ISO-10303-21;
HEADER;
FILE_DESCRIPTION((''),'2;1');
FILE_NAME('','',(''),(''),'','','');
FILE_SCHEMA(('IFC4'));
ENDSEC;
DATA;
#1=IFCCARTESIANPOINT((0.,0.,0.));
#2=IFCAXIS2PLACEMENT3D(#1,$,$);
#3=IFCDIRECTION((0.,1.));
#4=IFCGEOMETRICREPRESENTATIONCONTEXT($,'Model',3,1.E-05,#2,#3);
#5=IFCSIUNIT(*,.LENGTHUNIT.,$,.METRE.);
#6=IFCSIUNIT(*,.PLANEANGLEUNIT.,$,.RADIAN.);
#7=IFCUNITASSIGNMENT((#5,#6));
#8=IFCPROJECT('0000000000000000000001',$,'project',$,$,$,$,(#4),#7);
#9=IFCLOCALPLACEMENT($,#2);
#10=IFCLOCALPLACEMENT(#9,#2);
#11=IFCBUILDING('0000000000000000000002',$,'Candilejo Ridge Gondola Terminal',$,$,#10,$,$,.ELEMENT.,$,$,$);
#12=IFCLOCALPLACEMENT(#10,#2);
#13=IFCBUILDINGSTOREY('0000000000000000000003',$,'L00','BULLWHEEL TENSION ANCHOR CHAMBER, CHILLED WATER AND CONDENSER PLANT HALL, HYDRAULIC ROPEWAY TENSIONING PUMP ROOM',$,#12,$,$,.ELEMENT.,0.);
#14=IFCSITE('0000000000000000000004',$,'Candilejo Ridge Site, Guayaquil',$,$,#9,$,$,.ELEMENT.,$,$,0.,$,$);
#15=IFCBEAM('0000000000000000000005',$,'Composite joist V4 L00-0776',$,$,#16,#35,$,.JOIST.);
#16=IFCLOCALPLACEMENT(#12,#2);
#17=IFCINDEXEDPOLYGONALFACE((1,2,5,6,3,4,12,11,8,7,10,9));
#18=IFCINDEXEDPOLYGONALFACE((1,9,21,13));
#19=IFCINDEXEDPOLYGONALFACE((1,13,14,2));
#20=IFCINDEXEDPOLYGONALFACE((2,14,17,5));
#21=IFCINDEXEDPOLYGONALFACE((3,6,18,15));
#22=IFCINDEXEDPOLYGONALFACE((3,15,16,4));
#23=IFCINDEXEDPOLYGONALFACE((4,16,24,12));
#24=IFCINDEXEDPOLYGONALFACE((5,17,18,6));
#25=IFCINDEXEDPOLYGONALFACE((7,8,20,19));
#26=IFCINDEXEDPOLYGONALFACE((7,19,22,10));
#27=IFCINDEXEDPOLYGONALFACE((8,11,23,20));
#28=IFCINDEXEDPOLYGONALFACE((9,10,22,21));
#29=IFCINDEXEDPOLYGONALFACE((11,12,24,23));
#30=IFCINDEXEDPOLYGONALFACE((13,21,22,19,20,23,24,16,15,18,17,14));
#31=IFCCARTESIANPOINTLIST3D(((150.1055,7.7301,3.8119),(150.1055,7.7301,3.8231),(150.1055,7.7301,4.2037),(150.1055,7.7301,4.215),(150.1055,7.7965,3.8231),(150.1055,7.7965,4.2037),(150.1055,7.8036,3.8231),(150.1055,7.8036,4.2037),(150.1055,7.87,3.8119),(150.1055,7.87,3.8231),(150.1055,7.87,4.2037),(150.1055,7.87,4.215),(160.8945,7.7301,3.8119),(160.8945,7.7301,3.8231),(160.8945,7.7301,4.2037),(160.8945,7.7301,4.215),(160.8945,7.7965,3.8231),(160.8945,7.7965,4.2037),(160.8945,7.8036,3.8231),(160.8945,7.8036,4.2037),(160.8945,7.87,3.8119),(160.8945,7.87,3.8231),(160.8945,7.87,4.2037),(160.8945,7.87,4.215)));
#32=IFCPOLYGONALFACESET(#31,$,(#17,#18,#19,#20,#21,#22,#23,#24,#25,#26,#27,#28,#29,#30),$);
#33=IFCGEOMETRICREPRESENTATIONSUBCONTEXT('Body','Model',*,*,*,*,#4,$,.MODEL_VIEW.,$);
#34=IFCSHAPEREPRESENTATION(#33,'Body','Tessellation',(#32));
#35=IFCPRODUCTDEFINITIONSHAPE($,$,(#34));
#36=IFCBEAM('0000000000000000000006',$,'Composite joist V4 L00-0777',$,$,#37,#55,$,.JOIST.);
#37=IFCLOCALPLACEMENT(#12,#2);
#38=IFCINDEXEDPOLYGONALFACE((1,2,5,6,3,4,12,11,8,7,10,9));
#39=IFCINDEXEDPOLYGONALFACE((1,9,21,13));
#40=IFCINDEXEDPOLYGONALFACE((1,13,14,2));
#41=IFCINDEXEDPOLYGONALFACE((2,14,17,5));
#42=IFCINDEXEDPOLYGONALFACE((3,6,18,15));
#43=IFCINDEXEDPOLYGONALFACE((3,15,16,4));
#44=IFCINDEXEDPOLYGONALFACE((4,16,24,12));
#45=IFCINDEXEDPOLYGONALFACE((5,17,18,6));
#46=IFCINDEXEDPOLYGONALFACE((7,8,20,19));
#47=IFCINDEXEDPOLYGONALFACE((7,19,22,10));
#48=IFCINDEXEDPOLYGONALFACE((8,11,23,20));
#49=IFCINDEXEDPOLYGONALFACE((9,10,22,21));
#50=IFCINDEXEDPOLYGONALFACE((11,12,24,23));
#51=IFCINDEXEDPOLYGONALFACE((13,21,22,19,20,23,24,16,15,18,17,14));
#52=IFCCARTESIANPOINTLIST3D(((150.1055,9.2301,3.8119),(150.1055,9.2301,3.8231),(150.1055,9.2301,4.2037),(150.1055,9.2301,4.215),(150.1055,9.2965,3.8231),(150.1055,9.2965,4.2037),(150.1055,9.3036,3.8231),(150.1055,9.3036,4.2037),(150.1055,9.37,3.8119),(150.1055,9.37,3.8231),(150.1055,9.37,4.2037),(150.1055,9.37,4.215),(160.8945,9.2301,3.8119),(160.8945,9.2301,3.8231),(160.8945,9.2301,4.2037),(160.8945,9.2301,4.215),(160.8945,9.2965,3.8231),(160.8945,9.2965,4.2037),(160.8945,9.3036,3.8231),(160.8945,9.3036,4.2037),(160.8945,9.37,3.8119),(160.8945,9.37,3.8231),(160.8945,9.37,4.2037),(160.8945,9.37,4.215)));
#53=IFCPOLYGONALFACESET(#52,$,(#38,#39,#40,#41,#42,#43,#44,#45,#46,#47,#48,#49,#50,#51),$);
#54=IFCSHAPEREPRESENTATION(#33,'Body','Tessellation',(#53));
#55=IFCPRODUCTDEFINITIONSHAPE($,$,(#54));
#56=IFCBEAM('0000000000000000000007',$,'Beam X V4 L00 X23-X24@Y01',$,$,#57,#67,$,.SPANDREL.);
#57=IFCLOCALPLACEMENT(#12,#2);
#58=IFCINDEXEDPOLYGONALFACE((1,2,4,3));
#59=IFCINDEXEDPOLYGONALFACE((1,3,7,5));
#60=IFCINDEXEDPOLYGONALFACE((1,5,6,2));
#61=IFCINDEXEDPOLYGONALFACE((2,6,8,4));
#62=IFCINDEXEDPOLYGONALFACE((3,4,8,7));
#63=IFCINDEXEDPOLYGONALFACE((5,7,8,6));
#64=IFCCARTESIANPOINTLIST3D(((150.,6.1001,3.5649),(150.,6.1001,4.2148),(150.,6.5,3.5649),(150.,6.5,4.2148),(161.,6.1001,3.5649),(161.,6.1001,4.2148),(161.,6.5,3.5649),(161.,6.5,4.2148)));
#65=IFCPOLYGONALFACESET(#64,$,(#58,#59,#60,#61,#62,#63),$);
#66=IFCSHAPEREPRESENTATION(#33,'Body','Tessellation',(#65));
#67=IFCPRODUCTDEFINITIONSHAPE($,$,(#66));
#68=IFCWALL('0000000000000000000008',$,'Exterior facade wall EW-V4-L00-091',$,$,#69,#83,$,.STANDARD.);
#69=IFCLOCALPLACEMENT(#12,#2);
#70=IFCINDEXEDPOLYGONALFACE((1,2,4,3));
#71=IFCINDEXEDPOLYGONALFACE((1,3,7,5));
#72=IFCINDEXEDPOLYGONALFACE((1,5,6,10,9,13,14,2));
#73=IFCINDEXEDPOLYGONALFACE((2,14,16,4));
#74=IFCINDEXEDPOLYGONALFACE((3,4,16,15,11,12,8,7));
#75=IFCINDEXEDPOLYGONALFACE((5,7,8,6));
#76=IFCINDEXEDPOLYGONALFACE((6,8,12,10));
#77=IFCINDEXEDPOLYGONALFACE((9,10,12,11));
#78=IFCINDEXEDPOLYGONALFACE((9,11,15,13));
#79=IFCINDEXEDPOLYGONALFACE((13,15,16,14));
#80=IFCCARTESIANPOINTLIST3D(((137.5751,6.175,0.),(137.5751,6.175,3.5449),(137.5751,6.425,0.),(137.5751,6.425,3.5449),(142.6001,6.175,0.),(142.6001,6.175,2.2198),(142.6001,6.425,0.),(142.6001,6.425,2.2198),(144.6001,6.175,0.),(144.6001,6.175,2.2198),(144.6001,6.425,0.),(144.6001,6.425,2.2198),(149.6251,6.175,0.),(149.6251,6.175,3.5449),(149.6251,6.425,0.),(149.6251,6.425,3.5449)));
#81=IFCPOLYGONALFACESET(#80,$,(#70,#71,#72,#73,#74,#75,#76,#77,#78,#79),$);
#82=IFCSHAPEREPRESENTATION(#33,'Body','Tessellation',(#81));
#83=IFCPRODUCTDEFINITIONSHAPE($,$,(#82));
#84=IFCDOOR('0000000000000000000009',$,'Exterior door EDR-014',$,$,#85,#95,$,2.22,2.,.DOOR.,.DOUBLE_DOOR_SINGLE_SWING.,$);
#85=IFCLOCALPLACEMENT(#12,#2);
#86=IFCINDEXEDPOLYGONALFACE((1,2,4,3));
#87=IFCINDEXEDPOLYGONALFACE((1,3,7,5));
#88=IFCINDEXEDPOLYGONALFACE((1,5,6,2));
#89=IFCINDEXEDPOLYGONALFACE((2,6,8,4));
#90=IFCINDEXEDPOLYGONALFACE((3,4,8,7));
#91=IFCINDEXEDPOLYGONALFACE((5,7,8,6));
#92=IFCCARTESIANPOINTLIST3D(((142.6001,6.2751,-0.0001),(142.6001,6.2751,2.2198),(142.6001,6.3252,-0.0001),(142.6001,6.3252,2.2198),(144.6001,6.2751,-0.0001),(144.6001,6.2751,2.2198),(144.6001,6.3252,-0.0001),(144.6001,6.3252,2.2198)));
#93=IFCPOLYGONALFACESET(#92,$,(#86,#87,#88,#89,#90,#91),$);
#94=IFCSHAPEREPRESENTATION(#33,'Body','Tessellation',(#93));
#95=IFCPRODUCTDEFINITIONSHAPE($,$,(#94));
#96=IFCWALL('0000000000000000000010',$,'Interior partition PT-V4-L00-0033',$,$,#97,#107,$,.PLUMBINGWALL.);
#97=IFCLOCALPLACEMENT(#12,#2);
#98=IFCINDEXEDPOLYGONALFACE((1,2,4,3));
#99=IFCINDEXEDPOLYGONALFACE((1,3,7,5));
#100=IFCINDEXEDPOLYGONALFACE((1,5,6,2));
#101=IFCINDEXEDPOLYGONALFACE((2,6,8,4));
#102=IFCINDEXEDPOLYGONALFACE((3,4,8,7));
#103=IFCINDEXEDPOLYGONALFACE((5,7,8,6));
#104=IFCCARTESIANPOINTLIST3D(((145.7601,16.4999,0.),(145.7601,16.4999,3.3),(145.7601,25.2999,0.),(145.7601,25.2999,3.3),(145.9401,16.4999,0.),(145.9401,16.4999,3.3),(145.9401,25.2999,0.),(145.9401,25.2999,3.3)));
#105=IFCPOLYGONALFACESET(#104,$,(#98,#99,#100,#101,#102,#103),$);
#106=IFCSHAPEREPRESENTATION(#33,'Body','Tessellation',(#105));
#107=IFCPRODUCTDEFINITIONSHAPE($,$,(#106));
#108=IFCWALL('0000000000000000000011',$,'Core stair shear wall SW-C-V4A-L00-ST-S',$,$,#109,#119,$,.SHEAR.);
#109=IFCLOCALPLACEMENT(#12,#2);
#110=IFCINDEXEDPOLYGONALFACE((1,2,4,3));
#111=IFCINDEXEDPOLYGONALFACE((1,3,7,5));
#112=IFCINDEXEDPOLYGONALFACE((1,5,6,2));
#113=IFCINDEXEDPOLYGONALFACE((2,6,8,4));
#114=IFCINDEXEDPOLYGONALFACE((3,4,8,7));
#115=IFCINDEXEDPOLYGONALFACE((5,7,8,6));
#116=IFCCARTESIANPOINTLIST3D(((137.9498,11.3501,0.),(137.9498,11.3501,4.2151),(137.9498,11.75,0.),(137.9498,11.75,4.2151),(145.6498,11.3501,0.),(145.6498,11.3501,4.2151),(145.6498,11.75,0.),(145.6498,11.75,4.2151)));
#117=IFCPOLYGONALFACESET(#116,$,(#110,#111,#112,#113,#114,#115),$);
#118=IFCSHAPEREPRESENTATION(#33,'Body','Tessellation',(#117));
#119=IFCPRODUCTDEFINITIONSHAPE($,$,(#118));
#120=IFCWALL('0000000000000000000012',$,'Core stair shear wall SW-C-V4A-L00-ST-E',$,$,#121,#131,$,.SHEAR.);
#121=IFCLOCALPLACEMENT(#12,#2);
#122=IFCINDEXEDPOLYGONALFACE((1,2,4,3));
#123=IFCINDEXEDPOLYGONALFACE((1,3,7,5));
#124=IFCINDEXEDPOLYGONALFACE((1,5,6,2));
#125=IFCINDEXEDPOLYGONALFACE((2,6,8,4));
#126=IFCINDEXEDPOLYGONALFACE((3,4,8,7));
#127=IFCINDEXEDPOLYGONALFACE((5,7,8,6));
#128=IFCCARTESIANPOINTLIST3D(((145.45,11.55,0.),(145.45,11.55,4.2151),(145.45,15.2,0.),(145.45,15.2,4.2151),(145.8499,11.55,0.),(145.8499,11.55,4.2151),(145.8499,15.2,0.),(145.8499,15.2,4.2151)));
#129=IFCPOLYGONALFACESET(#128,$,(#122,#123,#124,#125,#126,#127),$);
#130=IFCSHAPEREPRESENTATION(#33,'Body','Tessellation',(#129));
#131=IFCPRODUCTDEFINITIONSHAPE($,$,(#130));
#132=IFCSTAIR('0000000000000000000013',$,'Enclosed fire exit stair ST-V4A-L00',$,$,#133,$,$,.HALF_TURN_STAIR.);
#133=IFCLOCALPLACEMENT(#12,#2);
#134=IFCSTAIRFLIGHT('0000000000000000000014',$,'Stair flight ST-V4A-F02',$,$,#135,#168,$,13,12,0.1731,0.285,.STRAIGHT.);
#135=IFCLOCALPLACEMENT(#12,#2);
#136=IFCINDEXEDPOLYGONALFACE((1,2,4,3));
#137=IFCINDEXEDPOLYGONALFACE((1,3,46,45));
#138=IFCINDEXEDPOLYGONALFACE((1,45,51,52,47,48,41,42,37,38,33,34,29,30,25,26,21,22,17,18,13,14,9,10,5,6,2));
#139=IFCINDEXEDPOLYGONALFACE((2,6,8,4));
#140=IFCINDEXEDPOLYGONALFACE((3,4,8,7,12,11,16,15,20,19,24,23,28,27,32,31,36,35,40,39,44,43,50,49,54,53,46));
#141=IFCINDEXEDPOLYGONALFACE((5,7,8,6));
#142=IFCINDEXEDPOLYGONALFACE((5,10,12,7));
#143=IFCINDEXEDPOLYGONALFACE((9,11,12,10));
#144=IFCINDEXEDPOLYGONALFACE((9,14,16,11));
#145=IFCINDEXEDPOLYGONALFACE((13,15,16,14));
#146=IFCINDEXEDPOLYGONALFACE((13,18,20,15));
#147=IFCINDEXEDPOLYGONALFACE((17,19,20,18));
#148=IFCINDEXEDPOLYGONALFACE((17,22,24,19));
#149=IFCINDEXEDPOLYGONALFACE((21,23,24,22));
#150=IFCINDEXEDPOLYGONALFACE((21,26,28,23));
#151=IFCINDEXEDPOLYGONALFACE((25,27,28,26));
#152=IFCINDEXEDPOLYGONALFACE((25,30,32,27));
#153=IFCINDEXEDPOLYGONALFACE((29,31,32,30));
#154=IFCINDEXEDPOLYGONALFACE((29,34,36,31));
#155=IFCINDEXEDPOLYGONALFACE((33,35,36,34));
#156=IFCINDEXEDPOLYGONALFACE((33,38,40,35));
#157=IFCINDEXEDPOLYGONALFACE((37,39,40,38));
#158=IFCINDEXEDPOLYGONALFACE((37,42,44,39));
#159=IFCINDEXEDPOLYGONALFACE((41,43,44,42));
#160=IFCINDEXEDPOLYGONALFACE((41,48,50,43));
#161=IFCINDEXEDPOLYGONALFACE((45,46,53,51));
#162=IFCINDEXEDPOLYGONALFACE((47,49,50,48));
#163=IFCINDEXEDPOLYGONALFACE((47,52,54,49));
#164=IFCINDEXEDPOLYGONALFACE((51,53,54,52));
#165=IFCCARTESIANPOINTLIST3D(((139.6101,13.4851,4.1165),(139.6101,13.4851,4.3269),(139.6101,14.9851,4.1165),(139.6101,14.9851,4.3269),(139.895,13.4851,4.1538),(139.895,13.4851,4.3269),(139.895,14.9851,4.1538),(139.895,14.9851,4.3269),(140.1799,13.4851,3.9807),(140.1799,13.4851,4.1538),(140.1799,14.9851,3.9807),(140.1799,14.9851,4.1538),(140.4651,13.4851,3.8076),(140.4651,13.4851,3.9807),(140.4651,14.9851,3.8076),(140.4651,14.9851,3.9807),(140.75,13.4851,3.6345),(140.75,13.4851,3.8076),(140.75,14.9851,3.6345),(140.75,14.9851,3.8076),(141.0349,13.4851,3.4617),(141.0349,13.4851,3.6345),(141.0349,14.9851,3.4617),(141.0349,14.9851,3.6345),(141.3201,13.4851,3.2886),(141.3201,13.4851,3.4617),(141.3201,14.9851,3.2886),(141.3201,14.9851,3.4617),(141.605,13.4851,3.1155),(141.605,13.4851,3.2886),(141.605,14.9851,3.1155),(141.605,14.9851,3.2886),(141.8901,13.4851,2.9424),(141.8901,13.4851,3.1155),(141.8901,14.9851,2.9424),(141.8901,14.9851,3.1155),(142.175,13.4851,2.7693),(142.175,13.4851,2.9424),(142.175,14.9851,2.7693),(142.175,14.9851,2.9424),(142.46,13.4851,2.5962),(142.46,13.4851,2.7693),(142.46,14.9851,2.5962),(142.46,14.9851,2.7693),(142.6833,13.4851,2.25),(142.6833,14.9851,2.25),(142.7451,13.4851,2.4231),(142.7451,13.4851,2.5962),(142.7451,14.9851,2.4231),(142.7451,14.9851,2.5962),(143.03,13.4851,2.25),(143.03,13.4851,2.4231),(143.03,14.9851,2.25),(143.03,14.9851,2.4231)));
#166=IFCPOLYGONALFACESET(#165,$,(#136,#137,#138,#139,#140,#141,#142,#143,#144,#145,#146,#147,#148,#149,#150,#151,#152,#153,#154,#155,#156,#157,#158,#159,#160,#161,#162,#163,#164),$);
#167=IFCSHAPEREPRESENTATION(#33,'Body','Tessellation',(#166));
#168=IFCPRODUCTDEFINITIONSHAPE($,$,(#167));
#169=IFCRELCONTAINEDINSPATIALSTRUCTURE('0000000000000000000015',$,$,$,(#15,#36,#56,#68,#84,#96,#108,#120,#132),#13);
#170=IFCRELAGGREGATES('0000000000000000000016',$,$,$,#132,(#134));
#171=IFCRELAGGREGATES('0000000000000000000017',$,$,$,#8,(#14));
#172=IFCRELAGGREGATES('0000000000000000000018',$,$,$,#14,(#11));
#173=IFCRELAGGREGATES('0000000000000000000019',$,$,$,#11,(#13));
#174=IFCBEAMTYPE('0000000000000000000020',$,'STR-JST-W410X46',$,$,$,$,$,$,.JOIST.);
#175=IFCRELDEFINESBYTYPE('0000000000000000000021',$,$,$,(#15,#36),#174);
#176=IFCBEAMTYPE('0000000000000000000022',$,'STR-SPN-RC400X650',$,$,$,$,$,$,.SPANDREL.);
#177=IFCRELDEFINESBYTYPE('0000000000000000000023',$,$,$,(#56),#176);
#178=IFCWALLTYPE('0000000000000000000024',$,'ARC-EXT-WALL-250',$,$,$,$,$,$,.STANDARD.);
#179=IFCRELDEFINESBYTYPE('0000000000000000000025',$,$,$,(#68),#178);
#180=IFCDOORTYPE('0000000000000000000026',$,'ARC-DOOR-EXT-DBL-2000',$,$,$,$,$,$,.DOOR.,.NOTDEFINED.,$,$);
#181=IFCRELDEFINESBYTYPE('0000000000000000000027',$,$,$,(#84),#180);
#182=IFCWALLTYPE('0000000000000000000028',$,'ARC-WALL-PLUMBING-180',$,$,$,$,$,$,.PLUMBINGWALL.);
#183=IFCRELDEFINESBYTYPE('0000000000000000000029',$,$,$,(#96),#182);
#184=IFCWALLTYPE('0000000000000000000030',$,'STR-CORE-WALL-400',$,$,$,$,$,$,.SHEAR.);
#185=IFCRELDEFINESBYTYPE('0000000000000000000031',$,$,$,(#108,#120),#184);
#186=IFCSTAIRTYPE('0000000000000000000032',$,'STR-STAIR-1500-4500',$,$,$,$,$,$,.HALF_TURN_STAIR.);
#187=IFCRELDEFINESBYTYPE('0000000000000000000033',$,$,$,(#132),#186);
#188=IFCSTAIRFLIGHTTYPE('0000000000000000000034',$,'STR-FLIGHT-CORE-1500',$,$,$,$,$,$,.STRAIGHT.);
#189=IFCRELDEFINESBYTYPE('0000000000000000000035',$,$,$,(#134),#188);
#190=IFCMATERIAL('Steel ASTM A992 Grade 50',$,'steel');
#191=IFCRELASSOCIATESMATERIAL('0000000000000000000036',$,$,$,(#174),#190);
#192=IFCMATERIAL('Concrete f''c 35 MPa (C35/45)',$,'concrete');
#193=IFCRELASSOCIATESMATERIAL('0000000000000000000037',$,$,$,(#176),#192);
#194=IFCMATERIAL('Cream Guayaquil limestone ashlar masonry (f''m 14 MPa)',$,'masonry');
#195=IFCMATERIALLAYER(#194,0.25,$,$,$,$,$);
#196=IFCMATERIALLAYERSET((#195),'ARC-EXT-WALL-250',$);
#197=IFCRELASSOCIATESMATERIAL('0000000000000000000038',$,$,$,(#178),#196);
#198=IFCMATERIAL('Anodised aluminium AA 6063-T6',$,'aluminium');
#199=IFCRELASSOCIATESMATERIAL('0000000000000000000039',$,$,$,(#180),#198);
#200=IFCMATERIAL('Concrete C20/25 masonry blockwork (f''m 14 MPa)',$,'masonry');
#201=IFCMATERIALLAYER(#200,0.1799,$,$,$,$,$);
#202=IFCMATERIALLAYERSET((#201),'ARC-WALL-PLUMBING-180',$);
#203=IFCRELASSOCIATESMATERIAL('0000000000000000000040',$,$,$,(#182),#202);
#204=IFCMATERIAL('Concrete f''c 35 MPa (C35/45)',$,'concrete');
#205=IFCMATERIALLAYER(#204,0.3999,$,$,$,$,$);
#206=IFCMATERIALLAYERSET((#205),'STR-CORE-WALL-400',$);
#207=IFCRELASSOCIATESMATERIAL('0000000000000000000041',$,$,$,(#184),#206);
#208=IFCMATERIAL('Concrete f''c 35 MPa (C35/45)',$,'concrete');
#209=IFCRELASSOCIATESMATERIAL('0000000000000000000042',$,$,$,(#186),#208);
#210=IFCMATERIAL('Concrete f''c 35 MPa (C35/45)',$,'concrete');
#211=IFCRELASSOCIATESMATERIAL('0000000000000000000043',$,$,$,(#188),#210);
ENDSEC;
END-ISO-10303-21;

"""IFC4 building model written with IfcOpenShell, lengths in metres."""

from ifc_helpers import new_model, si_unit, direction, frame, frame_2d, origin, origin_2d, place, context, subcontext, project, spatial, polyline, rectangle, i_section, outline, extrude, material, layer, layer_set, material_profile, profile_set, type_object, element, fill, aggregate, save


model = new_model("IFC4")

# Units and contexts
model_context = context("Model", 3, precision=1e-05, world=origin(), true_north=direction((0.0, 1.0)))
body_context = subcontext(model_context, "Body", "Model", "MODEL_VIEW")
ifc_project = project(units=[si_unit("LENGTHUNIT", "METRE"), si_unit("PLANEANGLEUNIT", "RADIAN")], contexts=[model_context])

# Site, building, storey
site_placement = place(None, origin())
site = spatial("IfcSite", under=ifc_project, at=site_placement, Name="Candilejo Ridge Site, Guayaquil", CompositionType="ELEMENT", RefElevation=0.0)
building_placement = place(site_placement, origin())
building = spatial("IfcBuilding", under=site, at=building_placement, Name="Candilejo Ridge Gondola Terminal", CompositionType="ELEMENT")
storey_placement = place(building_placement, origin())
storey = spatial("IfcBuildingStorey", under=building, at=storey_placement, Name="L00", Description="BULLWHEEL TENSION ANCHOR CHAMBER, CHILLED WATER AND CONDENSER PLANT HALL, HYDRAULIC ROPEWAY TENSIONING PUMP ROOM", CompositionType="ELEMENT", Elevation=0.0)

# Beams
ifc_material_1 = material(Name="Steel ASTM A992 Grade 50", Category="steel")
ifc_material_profile_1 = material_profile(ifc_material_1, i_section(OverallWidth=0.1399, OverallDepth=0.4031, WebThickness=0.0071, FlangeThickness=0.0112, at=origin_2d()))
ifc_profile_set_1 = profile_set([ifc_material_profile_1], Name="Steel ASTM A992 Grade 50")
beam_type_1 = type_object("IfcBeamType", Name="STR-JST-W410X46", PredefinedType="JOIST", material=ifc_profile_set_1)
for number, where, z_axis, x_axis, name in (
    (1, (150.1055, 7.8, 4.0134), (1.0, 0.0, 0.0), (0.0, 1.0, 0.0), "Composite joist V4 L00-0776"),
    (2, (150.1055, 9.3, 4.0134), (1.0, 0.0, 0.0), (0.0, 1.0, 0.0), "Composite joist V4 L00-0777"),
):
    element("IfcBeam", number, at=place(storey_placement, frame(where, z_axis=z_axis, x_axis=x_axis)), inside=storey, type_object=beam_type_1, Name=name, PredefinedType="JOIST", context=body_context, shape_type="SweptSolid", body=[
        extrude(i_section(OverallWidth=0.1399, OverallDepth=0.4031, WebThickness=0.0071, FlangeThickness=0.0112, at=origin_2d()), origin(), (0.0, 0.0, 1.0), 10.7891),
    ])
ifc_material_2 = material(Name="Concrete f'c 35 MPa (C35/45)", Category="concrete")
ifc_material_profile_2 = material_profile(ifc_material_2, rectangle(XDim=0.3999, YDim=0.6499, at=origin_2d()))
ifc_profile_set_2 = profile_set([ifc_material_profile_2], Name="Concrete f'c 35 MPa (C35/45)")
beam_type_2 = type_object("IfcBeamType", Name="STR-SPN-RC400X650", PredefinedType="SPANDREL", material=ifc_profile_set_2)
beam_1_placement = place(storey_placement, frame((150.0, 6.3, 3.8899), z_axis=(1.0, 0.0, 0.0), x_axis=(0.0, 1.0, 0.0)))
element("IfcBeam", 3, at=beam_1_placement, inside=storey, type_object=beam_type_2, Name="Beam X V4 L00 X23-X24@Y01", PredefinedType="SPANDREL", context=body_context, shape_type="SweptSolid", body=[
    extrude(rectangle(XDim=0.3999, YDim=0.6499, at=origin_2d()), origin(), (0.0, 0.0, 1.0), 11.0),
])

# Wall, opening, door
ifc_material_3 = material(Name="Cream Guayaquil limestone ashlar masonry (f'm 14 MPa)", Category="masonry")
ifc_layer_1 = layer(ifc_material_3, 0.25)
ifc_layer_set_1 = layer_set([ifc_layer_1], Name="ARC-EXT-WALL-250")
wall_type_1 = type_object("IfcWallType", Name="ARC-EXT-WALL-250", PredefinedType="STANDARD", material=ifc_layer_set_1)
wall_1_placement = place(storey_placement, frame((149.625, 6.3, 0.0), z_axis=(0.0, 0.0, 1.0), x_axis=(-1.0, 0.0, 0.0)))
wall_1 = element("IfcWall", 4, at=wall_1_placement, inside=storey, type_object=wall_type_1, Name="Exterior facade wall EW-V4-L00-091", PredefinedType="STANDARD", context=body_context, shape_type="SweptSolid", body=[
    extrude(rectangle(XDim=12.05, YDim=0.25, at=frame_2d((6.0249, 0.0))), origin(), (0.0, 0.0, 1.0), 3.5449),
])
opening_placement = place(wall_1_placement, frame((5.0249, 0.0, 0.0)))
opening = element("IfcOpeningElement", 5, at=opening_placement, cuts=wall_1, PredefinedType="OPENING", context=body_context, shape_type="SweptSolid", body=[
    extrude(rectangle(XDim=2.0, YDim=2.22, at=frame_2d((1.0, 1.1099))), frame((0.0, 0.135, 0.0), z_axis=(0.0, -1.0, 0.0), x_axis=(1.0, 0.0, 0.0)), (0.0, 0.0, 1.0), 0.27),
])
ifc_material_4 = material(Name="Anodised aluminium AA 6063-T6", Category="aluminium")
door_type = type_object("IfcDoorType", Name="ARC-DOOR-EXT-DBL-2000", OperationType="NOTDEFINED", PredefinedType="DOOR", material=ifc_material_4)
door_placement = place(opening_placement, origin())
door = element("IfcDoor", 6, at=door_placement, inside=storey, type_object=door_type, Name="Exterior door EDR-014", OperationType="DOUBLE_DOOR_SINGLE_SWING", OverallHeight=2.22, OverallWidth=2.0, PredefinedType="DOOR", context=body_context, shape_type="SweptSolid", body=[
    extrude(rectangle(XDim=2.0, YDim=2.22, at=frame_2d((1.0, 1.1099))), frame((0.0, 0.0249, 0.0), z_axis=(0.0, -1.0, 0.0), x_axis=(1.0, 0.0, 0.0)), (0.0, 0.0, 1.0), 0.05),
])
fill(opening, door)

# Walls
ifc_material_5 = material(Name="Concrete C20/25 masonry blockwork (f'm 14 MPa)", Category="masonry")
ifc_layer_2 = layer(ifc_material_5, 0.1799)
ifc_layer_set_2 = layer_set([ifc_layer_2], Name="ARC-WALL-PLUMBING-180")
wall_type_2 = type_object("IfcWallType", Name="ARC-WALL-PLUMBING-180", PredefinedType="PLUMBINGWALL", material=ifc_layer_set_2)
wall_2_placement = place(storey_placement, frame((145.8501, 16.5, 0.0), z_axis=(0.0, 0.0, 1.0), x_axis=(0.0, 1.0, 0.0)))
element("IfcWall", 7, at=wall_2_placement, inside=storey, type_object=wall_type_2, Name="Interior partition PT-V4-L00-0033", PredefinedType="PLUMBINGWALL", context=body_context, shape_type="SweptSolid", body=[
    extrude(rectangle(XDim=8.8, YDim=0.1799, at=frame_2d((4.3999, 0.0))), origin(), (0.0, 0.0, 1.0), 3.3),
])
ifc_material_6 = material(Name="Concrete f'c 35 MPa (C35/45)", Category="concrete")
ifc_layer_3 = layer(ifc_material_6, 0.3999)
ifc_layer_set_3 = layer_set([ifc_layer_3], Name="STR-CORE-WALL-400")
wall_type_3 = type_object("IfcWallType", Name="STR-CORE-WALL-400", PredefinedType="SHEAR", material=ifc_layer_set_3)
wall_3_placement = place(storey_placement, frame((145.6499, 11.55, 0.0), z_axis=(0.0, 0.0, 1.0), x_axis=(-1.0, 0.0, 0.0)))
element("IfcWall", 8, at=wall_3_placement, inside=storey, type_object=wall_type_3, Name="Core stair shear wall SW-C-V4A-L00-ST-S", PredefinedType="SHEAR", context=body_context, shape_type="SweptSolid", body=[
    extrude(rectangle(XDim=7.7, YDim=0.3999, at=frame_2d((3.8501, 0.0))), origin(), (0.0, 0.0, 1.0), 4.2151),
])
wall_4_placement = place(storey_placement, frame((145.6499, 15.2, 0.0), z_axis=(0.0, 0.0, 1.0), x_axis=(0.0, -1.0, 0.0)))
element("IfcWall", 9, at=wall_4_placement, inside=storey, type_object=wall_type_3, Name="Core stair shear wall SW-C-V4A-L00-ST-E", PredefinedType="SHEAR", context=body_context, shape_type="SweptSolid", body=[
    extrude(rectangle(XDim=3.6499, YDim=0.3999, at=frame_2d((1.825, 0.0))), origin(), (0.0, 0.0, 1.0), 4.2151),
])

# Stair, stair flight
ifc_material_7 = material(Name="Concrete f'c 35 MPa (C35/45)", Category="concrete")
stair_type = type_object("IfcStairType", Name="STR-STAIR-1500-4500", PredefinedType="HALF_TURN_STAIR", material=ifc_material_7)
stair_placement = place(storey_placement, origin())
stair = element("IfcStair", 10, at=stair_placement, inside=storey, type_object=stair_type, Name="Enclosed fire exit stair ST-V4A-L00", PredefinedType="HALF_TURN_STAIR")
ifc_material_8 = material(Name="Concrete f'c 35 MPa (C35/45)", Category="concrete")
stair_flight_type = type_object("IfcStairFlightType", Name="STR-FLIGHT-CORE-1500", PredefinedType="STRAIGHT", material=ifc_material_8)
stair_flight_placement = place(storey_placement, frame((143.03, 14.2351, 2.25), z_axis=(0.0, 0.0, 1.0), x_axis=(-1.0, 0.0, 0.0)))
stair_flight = element("IfcStairFlight", 11, at=stair_flight_placement, type_object=stair_flight_type, Name="Stair flight ST-V4A-F02", NumberOfRisers=13, NumberOfTreads=12, PredefinedType="STRAIGHT", RiserHeight=0.1731, TreadLength=0.285, context=body_context, shape_type="SweptSolid", body=[
    extrude(outline(polyline([(0.0, 0.0), (0.0, 0.1731), (0.2849, 0.1731), (0.2849, 0.3462), (0.5701, 0.3462), (0.5701, 0.5193), (0.855, 0.5193), (0.855, 0.6924), (1.1399, 0.6924), (1.1399, 0.8655), (1.425, 0.8655), (1.425, 1.0386), (1.71, 1.0386), (1.71, 1.2117), (1.9951, 1.2117), (1.9951, 1.3845), (2.28, 1.3845), (2.28, 1.5576), (2.5649, 1.5576), (2.5649, 1.7307), (2.8501, 1.7307), (2.8501, 1.9038), (3.135, 1.9038), (3.135, 2.0769), (3.4199, 2.0769), (3.4199, 2.25), (3.4199, 1.8665), (0.3467, 0.0), (0.0, 0.0)])), frame((0.0, 0.75, 0.0), z_axis=(0.0, -1.0, 0.0), x_axis=(1.0, 0.0, 0.0)), (0.0, 0.0, 1.0), 1.5),
])
aggregate(stair, [stair_flight])

save(model, "model.ifc")
